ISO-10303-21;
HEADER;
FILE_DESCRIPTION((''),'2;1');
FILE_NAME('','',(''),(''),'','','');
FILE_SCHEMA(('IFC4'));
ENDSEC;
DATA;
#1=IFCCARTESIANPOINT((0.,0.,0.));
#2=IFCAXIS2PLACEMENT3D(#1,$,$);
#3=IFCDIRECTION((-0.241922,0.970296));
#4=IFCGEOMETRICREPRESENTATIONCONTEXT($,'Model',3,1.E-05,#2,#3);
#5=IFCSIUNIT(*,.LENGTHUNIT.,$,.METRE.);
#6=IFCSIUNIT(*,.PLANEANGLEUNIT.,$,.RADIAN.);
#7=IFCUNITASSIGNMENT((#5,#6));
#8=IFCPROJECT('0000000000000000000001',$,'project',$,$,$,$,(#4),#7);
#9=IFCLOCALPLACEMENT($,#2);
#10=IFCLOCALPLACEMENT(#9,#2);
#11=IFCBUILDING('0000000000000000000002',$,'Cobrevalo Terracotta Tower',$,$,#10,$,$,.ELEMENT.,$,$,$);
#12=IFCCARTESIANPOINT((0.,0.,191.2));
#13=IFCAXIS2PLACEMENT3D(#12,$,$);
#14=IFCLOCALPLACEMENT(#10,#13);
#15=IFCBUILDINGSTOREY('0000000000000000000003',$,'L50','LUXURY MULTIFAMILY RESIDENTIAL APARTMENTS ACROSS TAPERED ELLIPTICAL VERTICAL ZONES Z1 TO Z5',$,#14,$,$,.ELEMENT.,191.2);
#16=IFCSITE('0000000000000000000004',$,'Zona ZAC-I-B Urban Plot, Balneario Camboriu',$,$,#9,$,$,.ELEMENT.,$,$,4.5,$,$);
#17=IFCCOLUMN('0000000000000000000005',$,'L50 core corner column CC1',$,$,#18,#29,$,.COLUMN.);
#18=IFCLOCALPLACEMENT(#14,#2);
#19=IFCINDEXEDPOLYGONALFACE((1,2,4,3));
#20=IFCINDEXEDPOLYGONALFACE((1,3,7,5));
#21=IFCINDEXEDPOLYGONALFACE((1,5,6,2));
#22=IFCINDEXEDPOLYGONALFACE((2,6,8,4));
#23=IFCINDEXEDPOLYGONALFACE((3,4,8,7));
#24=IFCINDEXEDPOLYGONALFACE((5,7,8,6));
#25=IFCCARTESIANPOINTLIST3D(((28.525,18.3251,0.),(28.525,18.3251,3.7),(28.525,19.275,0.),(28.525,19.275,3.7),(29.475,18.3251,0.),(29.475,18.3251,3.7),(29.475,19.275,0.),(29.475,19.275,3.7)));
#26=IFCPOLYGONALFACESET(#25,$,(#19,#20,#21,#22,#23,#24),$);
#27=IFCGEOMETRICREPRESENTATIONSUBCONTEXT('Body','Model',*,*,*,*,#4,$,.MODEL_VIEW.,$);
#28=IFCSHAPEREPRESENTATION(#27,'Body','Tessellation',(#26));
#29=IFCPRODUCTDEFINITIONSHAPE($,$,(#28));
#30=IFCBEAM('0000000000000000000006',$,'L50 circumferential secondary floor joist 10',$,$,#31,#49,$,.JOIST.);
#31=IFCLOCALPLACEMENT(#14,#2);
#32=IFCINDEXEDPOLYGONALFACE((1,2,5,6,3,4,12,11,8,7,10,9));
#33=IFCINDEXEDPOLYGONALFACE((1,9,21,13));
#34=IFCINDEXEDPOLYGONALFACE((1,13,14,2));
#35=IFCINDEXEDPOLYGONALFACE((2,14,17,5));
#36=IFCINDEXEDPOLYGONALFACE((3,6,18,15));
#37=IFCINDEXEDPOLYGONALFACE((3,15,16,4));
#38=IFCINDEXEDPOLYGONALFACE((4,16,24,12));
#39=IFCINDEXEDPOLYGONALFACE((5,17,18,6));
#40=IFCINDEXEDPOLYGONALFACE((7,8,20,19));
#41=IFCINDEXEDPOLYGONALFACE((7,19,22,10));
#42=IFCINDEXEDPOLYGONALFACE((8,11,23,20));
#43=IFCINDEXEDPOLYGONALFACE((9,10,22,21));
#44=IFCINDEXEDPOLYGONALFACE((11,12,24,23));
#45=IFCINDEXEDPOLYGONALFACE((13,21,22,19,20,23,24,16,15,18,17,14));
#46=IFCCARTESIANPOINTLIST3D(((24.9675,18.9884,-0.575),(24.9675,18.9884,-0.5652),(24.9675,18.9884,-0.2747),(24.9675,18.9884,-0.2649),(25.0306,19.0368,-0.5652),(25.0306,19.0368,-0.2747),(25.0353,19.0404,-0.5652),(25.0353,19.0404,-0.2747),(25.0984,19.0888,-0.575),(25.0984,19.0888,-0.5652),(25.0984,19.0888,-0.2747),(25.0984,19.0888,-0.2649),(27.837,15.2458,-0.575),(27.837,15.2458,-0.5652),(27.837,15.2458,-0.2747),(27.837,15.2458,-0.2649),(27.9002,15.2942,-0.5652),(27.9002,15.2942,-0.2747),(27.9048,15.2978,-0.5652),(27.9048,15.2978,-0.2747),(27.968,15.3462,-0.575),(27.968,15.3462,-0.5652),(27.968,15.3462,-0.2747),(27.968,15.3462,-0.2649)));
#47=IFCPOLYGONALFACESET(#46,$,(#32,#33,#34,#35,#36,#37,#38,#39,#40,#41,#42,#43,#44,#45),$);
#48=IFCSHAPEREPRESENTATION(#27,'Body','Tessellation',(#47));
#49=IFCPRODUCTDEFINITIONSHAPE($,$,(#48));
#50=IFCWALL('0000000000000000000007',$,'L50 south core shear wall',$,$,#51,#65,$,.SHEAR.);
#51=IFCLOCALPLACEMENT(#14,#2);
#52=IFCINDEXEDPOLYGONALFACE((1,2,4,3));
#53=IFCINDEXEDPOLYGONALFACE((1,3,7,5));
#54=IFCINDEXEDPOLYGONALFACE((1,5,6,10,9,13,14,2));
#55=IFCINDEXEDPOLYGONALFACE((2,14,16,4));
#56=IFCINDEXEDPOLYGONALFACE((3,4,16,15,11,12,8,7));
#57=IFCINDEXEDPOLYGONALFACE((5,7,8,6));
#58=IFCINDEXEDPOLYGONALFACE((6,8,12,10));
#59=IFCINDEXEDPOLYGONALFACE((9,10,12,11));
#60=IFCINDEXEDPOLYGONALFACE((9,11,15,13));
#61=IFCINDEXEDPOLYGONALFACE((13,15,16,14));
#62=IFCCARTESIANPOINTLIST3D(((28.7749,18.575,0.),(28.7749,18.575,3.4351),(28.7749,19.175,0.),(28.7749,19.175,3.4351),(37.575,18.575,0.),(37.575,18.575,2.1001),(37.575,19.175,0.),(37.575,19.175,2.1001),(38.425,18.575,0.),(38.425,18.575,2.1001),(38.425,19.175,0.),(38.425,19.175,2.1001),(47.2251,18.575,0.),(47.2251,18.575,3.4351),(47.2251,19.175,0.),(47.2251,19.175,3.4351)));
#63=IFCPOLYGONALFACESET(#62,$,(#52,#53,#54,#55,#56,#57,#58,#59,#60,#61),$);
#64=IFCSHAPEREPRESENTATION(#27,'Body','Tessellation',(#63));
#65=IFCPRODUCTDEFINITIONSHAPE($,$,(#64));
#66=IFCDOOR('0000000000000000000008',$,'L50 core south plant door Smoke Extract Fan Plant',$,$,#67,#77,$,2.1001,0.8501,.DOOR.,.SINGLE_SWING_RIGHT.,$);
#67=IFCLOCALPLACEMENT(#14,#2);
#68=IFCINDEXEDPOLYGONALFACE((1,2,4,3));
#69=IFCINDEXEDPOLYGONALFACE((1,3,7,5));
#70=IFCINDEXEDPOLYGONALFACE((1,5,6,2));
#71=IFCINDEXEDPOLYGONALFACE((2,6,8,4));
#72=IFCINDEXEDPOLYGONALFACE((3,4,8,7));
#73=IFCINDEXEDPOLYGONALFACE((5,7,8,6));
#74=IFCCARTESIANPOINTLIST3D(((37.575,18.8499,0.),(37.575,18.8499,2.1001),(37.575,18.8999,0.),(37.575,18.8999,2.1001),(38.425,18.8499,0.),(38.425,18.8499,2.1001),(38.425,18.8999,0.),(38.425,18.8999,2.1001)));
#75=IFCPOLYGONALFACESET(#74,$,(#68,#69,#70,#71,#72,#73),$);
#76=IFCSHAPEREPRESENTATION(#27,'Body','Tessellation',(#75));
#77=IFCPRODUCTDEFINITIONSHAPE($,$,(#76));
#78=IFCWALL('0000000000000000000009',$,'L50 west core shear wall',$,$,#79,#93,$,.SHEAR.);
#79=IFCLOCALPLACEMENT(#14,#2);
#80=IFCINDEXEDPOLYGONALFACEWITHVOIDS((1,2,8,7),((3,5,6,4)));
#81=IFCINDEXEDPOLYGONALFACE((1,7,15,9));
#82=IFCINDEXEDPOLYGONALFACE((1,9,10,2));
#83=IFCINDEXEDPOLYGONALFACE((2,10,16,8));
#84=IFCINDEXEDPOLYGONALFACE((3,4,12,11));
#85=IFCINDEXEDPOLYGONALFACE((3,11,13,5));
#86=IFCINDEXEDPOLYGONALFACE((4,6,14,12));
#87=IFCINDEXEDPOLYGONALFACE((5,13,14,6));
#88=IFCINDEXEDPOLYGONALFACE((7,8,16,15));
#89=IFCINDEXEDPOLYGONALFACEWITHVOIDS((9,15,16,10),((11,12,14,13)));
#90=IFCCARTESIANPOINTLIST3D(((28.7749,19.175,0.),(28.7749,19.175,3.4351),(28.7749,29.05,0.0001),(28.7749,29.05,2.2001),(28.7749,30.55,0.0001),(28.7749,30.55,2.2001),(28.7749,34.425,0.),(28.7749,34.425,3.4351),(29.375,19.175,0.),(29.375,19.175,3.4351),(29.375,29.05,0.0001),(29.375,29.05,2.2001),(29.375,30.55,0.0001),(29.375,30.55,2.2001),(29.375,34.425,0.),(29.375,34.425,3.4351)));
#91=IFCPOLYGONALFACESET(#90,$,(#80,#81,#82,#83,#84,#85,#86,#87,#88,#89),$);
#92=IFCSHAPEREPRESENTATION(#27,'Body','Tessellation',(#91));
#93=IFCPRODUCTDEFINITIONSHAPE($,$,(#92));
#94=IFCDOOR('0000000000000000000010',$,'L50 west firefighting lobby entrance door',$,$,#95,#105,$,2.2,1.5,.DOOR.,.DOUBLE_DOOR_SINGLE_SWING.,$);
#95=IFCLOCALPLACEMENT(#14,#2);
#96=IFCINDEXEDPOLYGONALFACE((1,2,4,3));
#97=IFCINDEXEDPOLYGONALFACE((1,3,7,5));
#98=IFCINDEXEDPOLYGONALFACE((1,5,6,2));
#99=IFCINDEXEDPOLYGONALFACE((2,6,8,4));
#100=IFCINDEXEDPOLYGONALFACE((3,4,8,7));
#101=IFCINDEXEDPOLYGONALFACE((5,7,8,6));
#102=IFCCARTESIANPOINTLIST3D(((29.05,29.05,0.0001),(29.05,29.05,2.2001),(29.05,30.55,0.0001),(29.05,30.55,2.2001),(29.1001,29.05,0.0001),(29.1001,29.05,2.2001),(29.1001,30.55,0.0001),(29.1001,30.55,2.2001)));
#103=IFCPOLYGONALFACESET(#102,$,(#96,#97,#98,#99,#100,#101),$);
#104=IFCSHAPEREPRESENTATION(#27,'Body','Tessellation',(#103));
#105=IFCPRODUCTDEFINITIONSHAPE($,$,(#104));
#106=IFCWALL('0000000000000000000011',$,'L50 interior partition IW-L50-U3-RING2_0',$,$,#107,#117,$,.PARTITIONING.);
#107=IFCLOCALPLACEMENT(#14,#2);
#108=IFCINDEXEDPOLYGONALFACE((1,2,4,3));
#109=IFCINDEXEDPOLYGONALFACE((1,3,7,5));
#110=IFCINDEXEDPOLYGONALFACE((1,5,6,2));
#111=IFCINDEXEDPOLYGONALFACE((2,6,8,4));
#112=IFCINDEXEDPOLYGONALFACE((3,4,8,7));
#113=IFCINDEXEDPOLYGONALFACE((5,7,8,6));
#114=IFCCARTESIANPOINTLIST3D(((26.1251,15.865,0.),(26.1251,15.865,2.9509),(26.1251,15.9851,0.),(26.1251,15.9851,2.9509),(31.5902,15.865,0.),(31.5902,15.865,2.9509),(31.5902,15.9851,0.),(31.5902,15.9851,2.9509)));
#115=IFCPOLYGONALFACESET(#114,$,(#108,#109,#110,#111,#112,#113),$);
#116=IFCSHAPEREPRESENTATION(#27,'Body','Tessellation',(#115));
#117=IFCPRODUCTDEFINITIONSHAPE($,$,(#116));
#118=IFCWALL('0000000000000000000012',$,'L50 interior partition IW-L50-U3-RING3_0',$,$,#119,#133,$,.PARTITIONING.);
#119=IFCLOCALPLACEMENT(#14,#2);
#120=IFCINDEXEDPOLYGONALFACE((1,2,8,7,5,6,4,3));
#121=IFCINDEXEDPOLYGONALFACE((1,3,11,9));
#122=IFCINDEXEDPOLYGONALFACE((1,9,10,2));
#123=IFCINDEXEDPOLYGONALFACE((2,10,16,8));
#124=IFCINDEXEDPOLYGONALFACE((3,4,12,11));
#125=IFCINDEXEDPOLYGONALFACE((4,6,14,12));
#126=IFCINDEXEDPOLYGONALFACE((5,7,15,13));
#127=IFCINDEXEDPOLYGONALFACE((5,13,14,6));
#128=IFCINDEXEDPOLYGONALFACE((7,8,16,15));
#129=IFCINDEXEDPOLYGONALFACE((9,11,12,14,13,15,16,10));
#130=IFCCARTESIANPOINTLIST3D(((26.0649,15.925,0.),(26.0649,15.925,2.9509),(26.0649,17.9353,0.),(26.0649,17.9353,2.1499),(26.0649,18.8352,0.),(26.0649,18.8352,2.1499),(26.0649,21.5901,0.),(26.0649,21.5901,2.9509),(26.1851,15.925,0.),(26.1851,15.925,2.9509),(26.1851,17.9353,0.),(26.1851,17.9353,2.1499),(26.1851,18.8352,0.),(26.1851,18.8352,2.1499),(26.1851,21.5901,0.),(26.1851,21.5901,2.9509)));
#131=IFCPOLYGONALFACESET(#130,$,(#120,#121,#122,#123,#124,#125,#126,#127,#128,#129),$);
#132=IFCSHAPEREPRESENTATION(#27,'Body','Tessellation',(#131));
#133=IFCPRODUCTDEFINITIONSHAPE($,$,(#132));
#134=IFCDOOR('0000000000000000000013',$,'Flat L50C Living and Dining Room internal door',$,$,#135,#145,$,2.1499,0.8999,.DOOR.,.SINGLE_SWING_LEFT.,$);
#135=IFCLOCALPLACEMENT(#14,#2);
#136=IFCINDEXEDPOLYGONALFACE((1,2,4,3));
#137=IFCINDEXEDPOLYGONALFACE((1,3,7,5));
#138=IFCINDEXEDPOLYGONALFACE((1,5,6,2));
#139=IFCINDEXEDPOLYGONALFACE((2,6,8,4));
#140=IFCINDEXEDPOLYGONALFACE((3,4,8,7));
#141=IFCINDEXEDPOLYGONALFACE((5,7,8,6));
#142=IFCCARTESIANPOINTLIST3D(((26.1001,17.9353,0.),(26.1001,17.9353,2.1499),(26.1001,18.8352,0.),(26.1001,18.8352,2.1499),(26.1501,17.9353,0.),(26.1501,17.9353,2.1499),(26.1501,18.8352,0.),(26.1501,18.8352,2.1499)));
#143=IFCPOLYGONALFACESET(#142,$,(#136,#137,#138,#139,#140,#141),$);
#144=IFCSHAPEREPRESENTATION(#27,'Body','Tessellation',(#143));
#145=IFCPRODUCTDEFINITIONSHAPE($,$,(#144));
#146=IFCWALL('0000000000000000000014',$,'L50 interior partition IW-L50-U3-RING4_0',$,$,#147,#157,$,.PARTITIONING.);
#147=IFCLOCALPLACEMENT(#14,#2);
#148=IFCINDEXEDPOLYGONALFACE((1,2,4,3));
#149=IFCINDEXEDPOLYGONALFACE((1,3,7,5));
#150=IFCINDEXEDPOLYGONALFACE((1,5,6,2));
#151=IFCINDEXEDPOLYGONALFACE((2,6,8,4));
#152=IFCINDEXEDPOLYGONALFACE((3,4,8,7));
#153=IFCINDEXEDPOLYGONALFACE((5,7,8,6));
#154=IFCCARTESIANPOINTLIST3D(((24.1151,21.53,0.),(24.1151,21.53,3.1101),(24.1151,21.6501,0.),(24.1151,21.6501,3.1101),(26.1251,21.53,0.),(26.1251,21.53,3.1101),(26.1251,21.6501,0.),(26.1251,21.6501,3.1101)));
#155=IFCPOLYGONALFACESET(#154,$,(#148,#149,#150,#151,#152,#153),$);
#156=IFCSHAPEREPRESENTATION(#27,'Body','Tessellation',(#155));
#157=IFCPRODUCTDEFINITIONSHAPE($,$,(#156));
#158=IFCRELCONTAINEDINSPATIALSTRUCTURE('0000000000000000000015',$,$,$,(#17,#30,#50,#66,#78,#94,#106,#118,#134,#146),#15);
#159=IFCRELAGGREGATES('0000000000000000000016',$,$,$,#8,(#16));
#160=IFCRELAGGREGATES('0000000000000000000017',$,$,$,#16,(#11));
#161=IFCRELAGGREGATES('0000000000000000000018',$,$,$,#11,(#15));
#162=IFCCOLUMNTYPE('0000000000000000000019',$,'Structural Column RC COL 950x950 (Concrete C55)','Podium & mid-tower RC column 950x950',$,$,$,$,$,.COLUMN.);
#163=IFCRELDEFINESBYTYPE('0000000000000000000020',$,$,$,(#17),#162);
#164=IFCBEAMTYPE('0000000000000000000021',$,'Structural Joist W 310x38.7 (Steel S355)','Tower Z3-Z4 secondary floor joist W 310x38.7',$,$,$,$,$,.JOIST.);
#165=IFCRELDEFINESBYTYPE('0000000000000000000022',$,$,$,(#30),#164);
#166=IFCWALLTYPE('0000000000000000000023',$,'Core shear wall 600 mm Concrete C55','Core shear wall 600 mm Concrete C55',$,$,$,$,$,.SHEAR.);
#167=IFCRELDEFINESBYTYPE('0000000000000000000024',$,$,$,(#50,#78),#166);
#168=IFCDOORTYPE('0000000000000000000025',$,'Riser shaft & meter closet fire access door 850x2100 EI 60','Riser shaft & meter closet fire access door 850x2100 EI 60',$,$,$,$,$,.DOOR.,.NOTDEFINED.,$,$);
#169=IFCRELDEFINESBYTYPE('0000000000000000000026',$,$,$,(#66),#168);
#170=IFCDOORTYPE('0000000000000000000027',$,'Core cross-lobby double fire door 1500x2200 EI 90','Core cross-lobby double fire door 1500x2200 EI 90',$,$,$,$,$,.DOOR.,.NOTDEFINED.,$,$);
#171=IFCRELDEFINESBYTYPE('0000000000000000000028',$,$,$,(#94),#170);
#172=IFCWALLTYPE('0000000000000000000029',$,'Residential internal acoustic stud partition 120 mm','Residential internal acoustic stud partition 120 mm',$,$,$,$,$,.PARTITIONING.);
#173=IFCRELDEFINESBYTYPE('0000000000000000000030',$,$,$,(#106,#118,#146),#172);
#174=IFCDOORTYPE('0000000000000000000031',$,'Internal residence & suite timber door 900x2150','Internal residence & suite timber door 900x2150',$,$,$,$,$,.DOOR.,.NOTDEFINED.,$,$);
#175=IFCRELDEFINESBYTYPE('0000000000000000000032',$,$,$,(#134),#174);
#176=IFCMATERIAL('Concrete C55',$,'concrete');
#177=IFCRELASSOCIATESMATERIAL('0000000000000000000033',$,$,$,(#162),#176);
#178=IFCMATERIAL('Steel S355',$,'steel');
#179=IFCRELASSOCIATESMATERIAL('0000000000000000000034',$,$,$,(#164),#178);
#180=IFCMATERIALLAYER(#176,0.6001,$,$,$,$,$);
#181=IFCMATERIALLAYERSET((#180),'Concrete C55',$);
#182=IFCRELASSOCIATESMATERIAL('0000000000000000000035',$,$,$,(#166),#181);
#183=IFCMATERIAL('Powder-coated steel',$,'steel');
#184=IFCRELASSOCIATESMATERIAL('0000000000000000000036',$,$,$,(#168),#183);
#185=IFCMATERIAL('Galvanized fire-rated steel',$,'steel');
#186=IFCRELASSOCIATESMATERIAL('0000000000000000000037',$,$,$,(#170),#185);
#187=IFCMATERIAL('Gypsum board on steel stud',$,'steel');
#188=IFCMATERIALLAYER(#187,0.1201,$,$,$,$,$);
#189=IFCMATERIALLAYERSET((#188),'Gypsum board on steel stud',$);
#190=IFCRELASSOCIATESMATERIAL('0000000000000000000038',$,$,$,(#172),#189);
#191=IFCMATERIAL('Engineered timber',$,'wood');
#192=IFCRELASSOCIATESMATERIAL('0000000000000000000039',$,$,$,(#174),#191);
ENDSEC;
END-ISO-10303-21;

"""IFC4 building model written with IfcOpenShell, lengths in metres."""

from ifc_helpers import new_model, si_unit, direction, frame, frame_2d, origin, origin_2d, place, context, subcontext, project, spatial, rectangle, i_section, extrude, source, transform, mapped, material, layer, layer_set, material_profile, profile_set, type_object, element, fill, save


model = new_model("IFC4")

# Units and contexts
model_context = context("Model", 3, precision=1e-05, world=origin(), true_north=direction((-0.241922, 0.970296)))
body_context = subcontext(model_context, "Body", "Model", "MODEL_VIEW")
ifc_project = project(units=[si_unit("LENGTHUNIT", "METRE"), si_unit("PLANEANGLEUNIT", "RADIAN")], contexts=[model_context])

# Site, building, storey
site_placement = place(None, origin())
site = spatial("IfcSite", under=ifc_project, at=site_placement, Name="Zona ZAC-I-B Urban Plot, Balneario Camboriu", CompositionType="ELEMENT", RefElevation=4.5)
building_placement = place(site_placement, origin())
building = spatial("IfcBuilding", under=site, at=building_placement, Name="Cobrevalo Terracotta Tower", CompositionType="ELEMENT")
storey_placement = place(building_placement, frame((0.0, 0.0, 191.2)))
storey = spatial("IfcBuildingStorey", under=building, at=storey_placement, Name="L50", Description="LUXURY MULTIFAMILY RESIDENTIAL APARTMENTS ACROSS TAPERED ELLIPTICAL VERTICAL ZONES Z1 TO Z5", CompositionType="ELEMENT", Elevation=191.2)

# Column
ifc_material_1 = material(Name="Concrete C55", Category="concrete")
ifc_material_profile_1 = material_profile(ifc_material_1, rectangle(XDim=0.95, YDim=0.95, at=origin_2d()), Name="RC COL 950x950")
ifc_profile_set_1 = profile_set([ifc_material_profile_1], Name="Concrete C55")
column_type = type_object("IfcColumnType", Name="Structural Column RC COL 950x950 (Concrete C55)", Description="Podium & mid-tower RC column 950x950", PredefinedType="COLUMN", material=ifc_profile_set_1)
column_placement = place(storey_placement, frame((29.0, 18.8, 0.0), z_axis=(0.0, 0.0, 1.0), x_axis=(1.0, 0.0, 0.0)))
element("IfcColumn", 1, at=column_placement, inside=storey, type_object=column_type, Name="L50 core corner column CC1", PredefinedType="COLUMN", context=body_context, shape_type="SweptSolid", body=[
    extrude(rectangle(XDim=0.95, YDim=0.95, at=origin_2d()), origin(), (0.0, 0.0, 1.0), 3.7),
])

# Beam
ifc_material_2 = material(Name="Steel S355", Category="steel")
ifc_material_profile_2 = material_profile(ifc_material_2, i_section(OverallWidth=0.165, OverallDepth=0.3101, WebThickness=0.0059, FlangeThickness=0.0098, at=origin_2d()), Name="W 310x38.7")
ifc_profile_set_2 = profile_set([ifc_material_profile_2], Name="Steel S355")
beam_type = type_object("IfcBeamType", Name="Structural Joist W 310x38.7 (Steel S355)", Description="Tower Z3-Z4 secondary floor joist W 310x38.7", PredefinedType="JOIST", material=ifc_profile_set_2)
beam_placement = place(storey_placement, frame((25.033, 19.0386, -0.4199), z_axis=(0.608464, -0.793581, 0.0), x_axis=(0.793581, 0.608464, 0.0)))
element("IfcBeam", 2, at=beam_placement, inside=storey, type_object=beam_type, Name="L50 circumferential secondary floor joist 10", PredefinedType="JOIST", context=body_context, shape_type="SweptSolid", body=[
    extrude(i_section(OverallWidth=0.165, OverallDepth=0.3101, WebThickness=0.0059, FlangeThickness=0.0098, at=origin_2d()), origin(), (0.0, 0.0, 1.0), 4.7161),
])

# Walls, openings, doors
ifc_layer_1 = layer(ifc_material_1, 0.6001)
ifc_layer_set_1 = layer_set([ifc_layer_1], Name="Concrete C55")
wall_type_1 = type_object("IfcWallType", Name="Core shear wall 600 mm Concrete C55", Description="Core shear wall 600 mm Concrete C55", PredefinedType="SHEAR", material=ifc_layer_set_1)
wall_1_placement = place(storey_placement, frame((28.7749, 18.875, 0.0), z_axis=(0.0, 0.0, 1.0), x_axis=(1.0, 0.0, 0.0)))
wall_1 = element("IfcWall", 3, at=wall_1_placement, inside=storey, type_object=wall_type_1, Name="L50 south core shear wall", PredefinedType="SHEAR", context=body_context, shape_type="SweptSolid", body=[
    extrude(rectangle(XDim=18.4502, YDim=0.6001, at=frame_2d((9.2251, 0.0))), origin(), (0.0, 0.0, 1.0), 3.4351),
])
opening_1_placement = place(wall_1_placement, frame((8.8, 0.0, 0.0)))
opening_1 = element("IfcOpeningElement", 4, at=opening_1_placement, cuts=wall_1, PredefinedType="OPENING", context=body_context, shape_type="SweptSolid", body=[
    extrude(rectangle(XDim=0.8501, YDim=2.1001, at=frame_2d((0.425, 1.05))), frame((0.0, 0.3101, 0.0), z_axis=(0.0, -1.0, 0.0), x_axis=(1.0, 0.0, 0.0)), (0.0, 0.0, 1.0), 0.6201),
])
ifc_material_3 = material(Name="Powder-coated steel", Category="steel")
door_type_1 = type_object("IfcDoorType", Name="Riser shaft & meter closet fire access door 850x2100 EI 60", Description="Riser shaft & meter closet fire access door 850x2100 EI 60", OperationType="NOTDEFINED", PredefinedType="DOOR", material=ifc_material_3)
shared_shape_1 = source(origin(), body_context, "Body", "SweptSolid", [
    extrude(rectangle(XDim=0.8501, YDim=2.1001, at=frame_2d((0.425, 1.05))), frame((0.0, 0.0249, 0.0), z_axis=(0.0, -1.0, 0.0), x_axis=(1.0, 0.0, 0.0)), (0.0, 0.0, 1.0), 0.05),
])
door_1_placement = place(opening_1_placement, origin())
door_1 = element("IfcDoor", 5, at=door_1_placement, inside=storey, type_object=door_type_1, Name="L50 core south plant door Smoke Extract Fan Plant", OperationType="SINGLE_SWING_RIGHT", OverallHeight=2.1001, OverallWidth=0.8501, PredefinedType="DOOR", context=body_context, shape_type="MappedRepresentation", body=[
    mapped(shared_shape_1, transform((0.0, 0.0, 0.0), scale=1.0)),
])
fill(opening_1, door_1)
wall_2_placement = place(storey_placement, frame((29.075, 19.175, 0.0), z_axis=(0.0, 0.0, 1.0), x_axis=(0.0, 1.0, 0.0)))
wall_2 = element("IfcWall", 6, at=wall_2_placement, inside=storey, type_object=wall_type_1, Name="L50 west core shear wall", PredefinedType="SHEAR", context=body_context, shape_type="SweptSolid", body=[
    extrude(rectangle(XDim=15.25, YDim=0.6001, at=frame_2d((7.625, 0.0))), origin(), (0.0, 0.0, 1.0), 3.4351),
])
opening_2_placement = place(wall_2_placement, frame((9.875, 0.0, 0.0)))
opening_2 = element("IfcOpeningElement", 7, at=opening_2_placement, cuts=wall_2, PredefinedType="OPENING", context=body_context, shape_type="SweptSolid", body=[
    extrude(rectangle(XDim=1.5, YDim=2.2, at=frame_2d((0.75, 1.1001))), frame((0.0, 0.3101, 0.0), z_axis=(0.0, -1.0, 0.0), x_axis=(1.0, 0.0, 0.0)), (0.0, 0.0, 1.0), 0.6201),
])
ifc_material_4 = material(Name="Galvanized fire-rated steel", Category="steel")
door_type_2 = type_object("IfcDoorType", Name="Core cross-lobby double fire door 1500x2200 EI 90", Description="Core cross-lobby double fire door 1500x2200 EI 90", OperationType="NOTDEFINED", PredefinedType="DOOR", material=ifc_material_4)
shared_shape_2 = source(origin(), body_context, "Body", "SweptSolid", [
    extrude(rectangle(XDim=1.5, YDim=2.2, at=frame_2d((0.75, 1.1001))), frame((0.0, 0.0249, 0.0), z_axis=(0.0, -1.0, 0.0), x_axis=(1.0, 0.0, 0.0)), (0.0, 0.0, 1.0), 0.05),
])
door_2_placement = place(opening_2_placement, origin())
door_2 = element("IfcDoor", 8, at=door_2_placement, inside=storey, type_object=door_type_2, Name="L50 west firefighting lobby entrance door", OperationType="DOUBLE_DOOR_SINGLE_SWING", OverallHeight=2.2, OverallWidth=1.5, PredefinedType="DOOR", context=body_context, shape_type="MappedRepresentation", body=[
    mapped(shared_shape_2, transform((0.0, 0.0, 0.0), scale=1.0)),
])
fill(opening_2, door_2)

# Wall
ifc_material_5 = material(Name="Gypsum board on steel stud", Category="steel")
ifc_layer_2 = layer(ifc_material_5, 0.1201)
ifc_layer_set_2 = layer_set([ifc_layer_2], Name="Gypsum board on steel stud")
wall_type_2 = type_object("IfcWallType", Name="Residential internal acoustic stud partition 120 mm", Description="Residential internal acoustic stud partition 120 mm", PredefinedType="PARTITIONING", material=ifc_layer_set_2)
wall_3_placement = place(storey_placement, frame((31.5901, 15.925, 0.0), z_axis=(0.0, 0.0, 1.0), x_axis=(-1.0, 0.0, 0.0)))
element("IfcWall", 9, at=wall_3_placement, inside=storey, type_object=wall_type_2, Name="L50 interior partition IW-L50-U3-RING2_0", PredefinedType="PARTITIONING", context=body_context, shape_type="SweptSolid", body=[
    extrude(rectangle(XDim=5.4651, YDim=0.1201, at=frame_2d((2.7324, 0.0))), origin(), (0.0, 0.0, 1.0), 2.9509),
])

# Wall, opening, door
wall_4_placement = place(storey_placement, frame((26.125, 15.925, 0.0), z_axis=(0.0, 0.0, 1.0), x_axis=(0.0, 1.0, 0.0)))
wall_4 = element("IfcWall", 10, at=wall_4_placement, inside=storey, type_object=wall_type_2, Name="L50 interior partition IW-L50-U3-RING3_0", PredefinedType="PARTITIONING", context=body_context, shape_type="SweptSolid", body=[
    extrude(rectangle(XDim=5.665, YDim=0.1201, at=frame_2d((2.8325, 0.0))), origin(), (0.0, 0.0, 1.0), 2.9509),
])
opening_3_placement = place(wall_4_placement, frame((2.0103, 0.0, 0.0)))
opening_3 = element("IfcOpeningElement", 11, at=opening_3_placement, cuts=wall_4, PredefinedType="OPENING", context=body_context, shape_type="SweptSolid", body=[
    extrude(rectangle(XDim=0.8999, YDim=2.1499, at=frame_2d((0.45, 1.075))), frame((0.0, 0.0701, 0.0), z_axis=(0.0, -1.0, 0.0), x_axis=(1.0, 0.0, 0.0)), (0.0, 0.0, 1.0), 0.1401),
])
ifc_material_6 = material(Name="Engineered timber", Category="wood")
door_type_3 = type_object("IfcDoorType", Name="Internal residence & suite timber door 900x2150", Description="Internal residence & suite timber door 900x2150", OperationType="NOTDEFINED", PredefinedType="DOOR", material=ifc_material_6)
shared_shape_3 = source(origin(), body_context, "Body", "SweptSolid", [
    extrude(rectangle(XDim=0.8999, YDim=2.1499, at=frame_2d((0.45, 1.075))), frame((0.0, 0.0249, 0.0), z_axis=(0.0, -1.0, 0.0), x_axis=(1.0, 0.0, 0.0)), (0.0, 0.0, 1.0), 0.05),
])
door_3_placement = place(opening_3_placement, origin())
door_3 = element("IfcDoor", 12, at=door_3_placement, inside=storey, type_object=door_type_3, Name="Flat L50C Living and Dining Room internal door", OperationType="SINGLE_SWING_LEFT", OverallHeight=2.1499, OverallWidth=0.8999, PredefinedType="DOOR", context=body_context, shape_type="MappedRepresentation", body=[
    mapped(shared_shape_3, transform((0.0, 0.0, 0.0), scale=1.0)),
])
fill(opening_3, door_3)

# Wall
wall_5_placement = place(storey_placement, frame((26.125, 21.5901, 0.0), z_axis=(0.0, 0.0, 1.0), x_axis=(-1.0, 0.0, 0.0)))
element("IfcWall", 13, at=wall_5_placement, inside=storey, type_object=wall_type_2, Name="L50 interior partition IW-L50-U3-RING4_0", PredefinedType="PARTITIONING", context=body_context, shape_type="SweptSolid", body=[
    extrude(rectangle(XDim=2.01, YDim=0.1201, at=frame_2d((1.0049, 0.0))), origin(), (0.0, 0.0, 1.0), 3.1101),
])

save(model, "model.ifc")
